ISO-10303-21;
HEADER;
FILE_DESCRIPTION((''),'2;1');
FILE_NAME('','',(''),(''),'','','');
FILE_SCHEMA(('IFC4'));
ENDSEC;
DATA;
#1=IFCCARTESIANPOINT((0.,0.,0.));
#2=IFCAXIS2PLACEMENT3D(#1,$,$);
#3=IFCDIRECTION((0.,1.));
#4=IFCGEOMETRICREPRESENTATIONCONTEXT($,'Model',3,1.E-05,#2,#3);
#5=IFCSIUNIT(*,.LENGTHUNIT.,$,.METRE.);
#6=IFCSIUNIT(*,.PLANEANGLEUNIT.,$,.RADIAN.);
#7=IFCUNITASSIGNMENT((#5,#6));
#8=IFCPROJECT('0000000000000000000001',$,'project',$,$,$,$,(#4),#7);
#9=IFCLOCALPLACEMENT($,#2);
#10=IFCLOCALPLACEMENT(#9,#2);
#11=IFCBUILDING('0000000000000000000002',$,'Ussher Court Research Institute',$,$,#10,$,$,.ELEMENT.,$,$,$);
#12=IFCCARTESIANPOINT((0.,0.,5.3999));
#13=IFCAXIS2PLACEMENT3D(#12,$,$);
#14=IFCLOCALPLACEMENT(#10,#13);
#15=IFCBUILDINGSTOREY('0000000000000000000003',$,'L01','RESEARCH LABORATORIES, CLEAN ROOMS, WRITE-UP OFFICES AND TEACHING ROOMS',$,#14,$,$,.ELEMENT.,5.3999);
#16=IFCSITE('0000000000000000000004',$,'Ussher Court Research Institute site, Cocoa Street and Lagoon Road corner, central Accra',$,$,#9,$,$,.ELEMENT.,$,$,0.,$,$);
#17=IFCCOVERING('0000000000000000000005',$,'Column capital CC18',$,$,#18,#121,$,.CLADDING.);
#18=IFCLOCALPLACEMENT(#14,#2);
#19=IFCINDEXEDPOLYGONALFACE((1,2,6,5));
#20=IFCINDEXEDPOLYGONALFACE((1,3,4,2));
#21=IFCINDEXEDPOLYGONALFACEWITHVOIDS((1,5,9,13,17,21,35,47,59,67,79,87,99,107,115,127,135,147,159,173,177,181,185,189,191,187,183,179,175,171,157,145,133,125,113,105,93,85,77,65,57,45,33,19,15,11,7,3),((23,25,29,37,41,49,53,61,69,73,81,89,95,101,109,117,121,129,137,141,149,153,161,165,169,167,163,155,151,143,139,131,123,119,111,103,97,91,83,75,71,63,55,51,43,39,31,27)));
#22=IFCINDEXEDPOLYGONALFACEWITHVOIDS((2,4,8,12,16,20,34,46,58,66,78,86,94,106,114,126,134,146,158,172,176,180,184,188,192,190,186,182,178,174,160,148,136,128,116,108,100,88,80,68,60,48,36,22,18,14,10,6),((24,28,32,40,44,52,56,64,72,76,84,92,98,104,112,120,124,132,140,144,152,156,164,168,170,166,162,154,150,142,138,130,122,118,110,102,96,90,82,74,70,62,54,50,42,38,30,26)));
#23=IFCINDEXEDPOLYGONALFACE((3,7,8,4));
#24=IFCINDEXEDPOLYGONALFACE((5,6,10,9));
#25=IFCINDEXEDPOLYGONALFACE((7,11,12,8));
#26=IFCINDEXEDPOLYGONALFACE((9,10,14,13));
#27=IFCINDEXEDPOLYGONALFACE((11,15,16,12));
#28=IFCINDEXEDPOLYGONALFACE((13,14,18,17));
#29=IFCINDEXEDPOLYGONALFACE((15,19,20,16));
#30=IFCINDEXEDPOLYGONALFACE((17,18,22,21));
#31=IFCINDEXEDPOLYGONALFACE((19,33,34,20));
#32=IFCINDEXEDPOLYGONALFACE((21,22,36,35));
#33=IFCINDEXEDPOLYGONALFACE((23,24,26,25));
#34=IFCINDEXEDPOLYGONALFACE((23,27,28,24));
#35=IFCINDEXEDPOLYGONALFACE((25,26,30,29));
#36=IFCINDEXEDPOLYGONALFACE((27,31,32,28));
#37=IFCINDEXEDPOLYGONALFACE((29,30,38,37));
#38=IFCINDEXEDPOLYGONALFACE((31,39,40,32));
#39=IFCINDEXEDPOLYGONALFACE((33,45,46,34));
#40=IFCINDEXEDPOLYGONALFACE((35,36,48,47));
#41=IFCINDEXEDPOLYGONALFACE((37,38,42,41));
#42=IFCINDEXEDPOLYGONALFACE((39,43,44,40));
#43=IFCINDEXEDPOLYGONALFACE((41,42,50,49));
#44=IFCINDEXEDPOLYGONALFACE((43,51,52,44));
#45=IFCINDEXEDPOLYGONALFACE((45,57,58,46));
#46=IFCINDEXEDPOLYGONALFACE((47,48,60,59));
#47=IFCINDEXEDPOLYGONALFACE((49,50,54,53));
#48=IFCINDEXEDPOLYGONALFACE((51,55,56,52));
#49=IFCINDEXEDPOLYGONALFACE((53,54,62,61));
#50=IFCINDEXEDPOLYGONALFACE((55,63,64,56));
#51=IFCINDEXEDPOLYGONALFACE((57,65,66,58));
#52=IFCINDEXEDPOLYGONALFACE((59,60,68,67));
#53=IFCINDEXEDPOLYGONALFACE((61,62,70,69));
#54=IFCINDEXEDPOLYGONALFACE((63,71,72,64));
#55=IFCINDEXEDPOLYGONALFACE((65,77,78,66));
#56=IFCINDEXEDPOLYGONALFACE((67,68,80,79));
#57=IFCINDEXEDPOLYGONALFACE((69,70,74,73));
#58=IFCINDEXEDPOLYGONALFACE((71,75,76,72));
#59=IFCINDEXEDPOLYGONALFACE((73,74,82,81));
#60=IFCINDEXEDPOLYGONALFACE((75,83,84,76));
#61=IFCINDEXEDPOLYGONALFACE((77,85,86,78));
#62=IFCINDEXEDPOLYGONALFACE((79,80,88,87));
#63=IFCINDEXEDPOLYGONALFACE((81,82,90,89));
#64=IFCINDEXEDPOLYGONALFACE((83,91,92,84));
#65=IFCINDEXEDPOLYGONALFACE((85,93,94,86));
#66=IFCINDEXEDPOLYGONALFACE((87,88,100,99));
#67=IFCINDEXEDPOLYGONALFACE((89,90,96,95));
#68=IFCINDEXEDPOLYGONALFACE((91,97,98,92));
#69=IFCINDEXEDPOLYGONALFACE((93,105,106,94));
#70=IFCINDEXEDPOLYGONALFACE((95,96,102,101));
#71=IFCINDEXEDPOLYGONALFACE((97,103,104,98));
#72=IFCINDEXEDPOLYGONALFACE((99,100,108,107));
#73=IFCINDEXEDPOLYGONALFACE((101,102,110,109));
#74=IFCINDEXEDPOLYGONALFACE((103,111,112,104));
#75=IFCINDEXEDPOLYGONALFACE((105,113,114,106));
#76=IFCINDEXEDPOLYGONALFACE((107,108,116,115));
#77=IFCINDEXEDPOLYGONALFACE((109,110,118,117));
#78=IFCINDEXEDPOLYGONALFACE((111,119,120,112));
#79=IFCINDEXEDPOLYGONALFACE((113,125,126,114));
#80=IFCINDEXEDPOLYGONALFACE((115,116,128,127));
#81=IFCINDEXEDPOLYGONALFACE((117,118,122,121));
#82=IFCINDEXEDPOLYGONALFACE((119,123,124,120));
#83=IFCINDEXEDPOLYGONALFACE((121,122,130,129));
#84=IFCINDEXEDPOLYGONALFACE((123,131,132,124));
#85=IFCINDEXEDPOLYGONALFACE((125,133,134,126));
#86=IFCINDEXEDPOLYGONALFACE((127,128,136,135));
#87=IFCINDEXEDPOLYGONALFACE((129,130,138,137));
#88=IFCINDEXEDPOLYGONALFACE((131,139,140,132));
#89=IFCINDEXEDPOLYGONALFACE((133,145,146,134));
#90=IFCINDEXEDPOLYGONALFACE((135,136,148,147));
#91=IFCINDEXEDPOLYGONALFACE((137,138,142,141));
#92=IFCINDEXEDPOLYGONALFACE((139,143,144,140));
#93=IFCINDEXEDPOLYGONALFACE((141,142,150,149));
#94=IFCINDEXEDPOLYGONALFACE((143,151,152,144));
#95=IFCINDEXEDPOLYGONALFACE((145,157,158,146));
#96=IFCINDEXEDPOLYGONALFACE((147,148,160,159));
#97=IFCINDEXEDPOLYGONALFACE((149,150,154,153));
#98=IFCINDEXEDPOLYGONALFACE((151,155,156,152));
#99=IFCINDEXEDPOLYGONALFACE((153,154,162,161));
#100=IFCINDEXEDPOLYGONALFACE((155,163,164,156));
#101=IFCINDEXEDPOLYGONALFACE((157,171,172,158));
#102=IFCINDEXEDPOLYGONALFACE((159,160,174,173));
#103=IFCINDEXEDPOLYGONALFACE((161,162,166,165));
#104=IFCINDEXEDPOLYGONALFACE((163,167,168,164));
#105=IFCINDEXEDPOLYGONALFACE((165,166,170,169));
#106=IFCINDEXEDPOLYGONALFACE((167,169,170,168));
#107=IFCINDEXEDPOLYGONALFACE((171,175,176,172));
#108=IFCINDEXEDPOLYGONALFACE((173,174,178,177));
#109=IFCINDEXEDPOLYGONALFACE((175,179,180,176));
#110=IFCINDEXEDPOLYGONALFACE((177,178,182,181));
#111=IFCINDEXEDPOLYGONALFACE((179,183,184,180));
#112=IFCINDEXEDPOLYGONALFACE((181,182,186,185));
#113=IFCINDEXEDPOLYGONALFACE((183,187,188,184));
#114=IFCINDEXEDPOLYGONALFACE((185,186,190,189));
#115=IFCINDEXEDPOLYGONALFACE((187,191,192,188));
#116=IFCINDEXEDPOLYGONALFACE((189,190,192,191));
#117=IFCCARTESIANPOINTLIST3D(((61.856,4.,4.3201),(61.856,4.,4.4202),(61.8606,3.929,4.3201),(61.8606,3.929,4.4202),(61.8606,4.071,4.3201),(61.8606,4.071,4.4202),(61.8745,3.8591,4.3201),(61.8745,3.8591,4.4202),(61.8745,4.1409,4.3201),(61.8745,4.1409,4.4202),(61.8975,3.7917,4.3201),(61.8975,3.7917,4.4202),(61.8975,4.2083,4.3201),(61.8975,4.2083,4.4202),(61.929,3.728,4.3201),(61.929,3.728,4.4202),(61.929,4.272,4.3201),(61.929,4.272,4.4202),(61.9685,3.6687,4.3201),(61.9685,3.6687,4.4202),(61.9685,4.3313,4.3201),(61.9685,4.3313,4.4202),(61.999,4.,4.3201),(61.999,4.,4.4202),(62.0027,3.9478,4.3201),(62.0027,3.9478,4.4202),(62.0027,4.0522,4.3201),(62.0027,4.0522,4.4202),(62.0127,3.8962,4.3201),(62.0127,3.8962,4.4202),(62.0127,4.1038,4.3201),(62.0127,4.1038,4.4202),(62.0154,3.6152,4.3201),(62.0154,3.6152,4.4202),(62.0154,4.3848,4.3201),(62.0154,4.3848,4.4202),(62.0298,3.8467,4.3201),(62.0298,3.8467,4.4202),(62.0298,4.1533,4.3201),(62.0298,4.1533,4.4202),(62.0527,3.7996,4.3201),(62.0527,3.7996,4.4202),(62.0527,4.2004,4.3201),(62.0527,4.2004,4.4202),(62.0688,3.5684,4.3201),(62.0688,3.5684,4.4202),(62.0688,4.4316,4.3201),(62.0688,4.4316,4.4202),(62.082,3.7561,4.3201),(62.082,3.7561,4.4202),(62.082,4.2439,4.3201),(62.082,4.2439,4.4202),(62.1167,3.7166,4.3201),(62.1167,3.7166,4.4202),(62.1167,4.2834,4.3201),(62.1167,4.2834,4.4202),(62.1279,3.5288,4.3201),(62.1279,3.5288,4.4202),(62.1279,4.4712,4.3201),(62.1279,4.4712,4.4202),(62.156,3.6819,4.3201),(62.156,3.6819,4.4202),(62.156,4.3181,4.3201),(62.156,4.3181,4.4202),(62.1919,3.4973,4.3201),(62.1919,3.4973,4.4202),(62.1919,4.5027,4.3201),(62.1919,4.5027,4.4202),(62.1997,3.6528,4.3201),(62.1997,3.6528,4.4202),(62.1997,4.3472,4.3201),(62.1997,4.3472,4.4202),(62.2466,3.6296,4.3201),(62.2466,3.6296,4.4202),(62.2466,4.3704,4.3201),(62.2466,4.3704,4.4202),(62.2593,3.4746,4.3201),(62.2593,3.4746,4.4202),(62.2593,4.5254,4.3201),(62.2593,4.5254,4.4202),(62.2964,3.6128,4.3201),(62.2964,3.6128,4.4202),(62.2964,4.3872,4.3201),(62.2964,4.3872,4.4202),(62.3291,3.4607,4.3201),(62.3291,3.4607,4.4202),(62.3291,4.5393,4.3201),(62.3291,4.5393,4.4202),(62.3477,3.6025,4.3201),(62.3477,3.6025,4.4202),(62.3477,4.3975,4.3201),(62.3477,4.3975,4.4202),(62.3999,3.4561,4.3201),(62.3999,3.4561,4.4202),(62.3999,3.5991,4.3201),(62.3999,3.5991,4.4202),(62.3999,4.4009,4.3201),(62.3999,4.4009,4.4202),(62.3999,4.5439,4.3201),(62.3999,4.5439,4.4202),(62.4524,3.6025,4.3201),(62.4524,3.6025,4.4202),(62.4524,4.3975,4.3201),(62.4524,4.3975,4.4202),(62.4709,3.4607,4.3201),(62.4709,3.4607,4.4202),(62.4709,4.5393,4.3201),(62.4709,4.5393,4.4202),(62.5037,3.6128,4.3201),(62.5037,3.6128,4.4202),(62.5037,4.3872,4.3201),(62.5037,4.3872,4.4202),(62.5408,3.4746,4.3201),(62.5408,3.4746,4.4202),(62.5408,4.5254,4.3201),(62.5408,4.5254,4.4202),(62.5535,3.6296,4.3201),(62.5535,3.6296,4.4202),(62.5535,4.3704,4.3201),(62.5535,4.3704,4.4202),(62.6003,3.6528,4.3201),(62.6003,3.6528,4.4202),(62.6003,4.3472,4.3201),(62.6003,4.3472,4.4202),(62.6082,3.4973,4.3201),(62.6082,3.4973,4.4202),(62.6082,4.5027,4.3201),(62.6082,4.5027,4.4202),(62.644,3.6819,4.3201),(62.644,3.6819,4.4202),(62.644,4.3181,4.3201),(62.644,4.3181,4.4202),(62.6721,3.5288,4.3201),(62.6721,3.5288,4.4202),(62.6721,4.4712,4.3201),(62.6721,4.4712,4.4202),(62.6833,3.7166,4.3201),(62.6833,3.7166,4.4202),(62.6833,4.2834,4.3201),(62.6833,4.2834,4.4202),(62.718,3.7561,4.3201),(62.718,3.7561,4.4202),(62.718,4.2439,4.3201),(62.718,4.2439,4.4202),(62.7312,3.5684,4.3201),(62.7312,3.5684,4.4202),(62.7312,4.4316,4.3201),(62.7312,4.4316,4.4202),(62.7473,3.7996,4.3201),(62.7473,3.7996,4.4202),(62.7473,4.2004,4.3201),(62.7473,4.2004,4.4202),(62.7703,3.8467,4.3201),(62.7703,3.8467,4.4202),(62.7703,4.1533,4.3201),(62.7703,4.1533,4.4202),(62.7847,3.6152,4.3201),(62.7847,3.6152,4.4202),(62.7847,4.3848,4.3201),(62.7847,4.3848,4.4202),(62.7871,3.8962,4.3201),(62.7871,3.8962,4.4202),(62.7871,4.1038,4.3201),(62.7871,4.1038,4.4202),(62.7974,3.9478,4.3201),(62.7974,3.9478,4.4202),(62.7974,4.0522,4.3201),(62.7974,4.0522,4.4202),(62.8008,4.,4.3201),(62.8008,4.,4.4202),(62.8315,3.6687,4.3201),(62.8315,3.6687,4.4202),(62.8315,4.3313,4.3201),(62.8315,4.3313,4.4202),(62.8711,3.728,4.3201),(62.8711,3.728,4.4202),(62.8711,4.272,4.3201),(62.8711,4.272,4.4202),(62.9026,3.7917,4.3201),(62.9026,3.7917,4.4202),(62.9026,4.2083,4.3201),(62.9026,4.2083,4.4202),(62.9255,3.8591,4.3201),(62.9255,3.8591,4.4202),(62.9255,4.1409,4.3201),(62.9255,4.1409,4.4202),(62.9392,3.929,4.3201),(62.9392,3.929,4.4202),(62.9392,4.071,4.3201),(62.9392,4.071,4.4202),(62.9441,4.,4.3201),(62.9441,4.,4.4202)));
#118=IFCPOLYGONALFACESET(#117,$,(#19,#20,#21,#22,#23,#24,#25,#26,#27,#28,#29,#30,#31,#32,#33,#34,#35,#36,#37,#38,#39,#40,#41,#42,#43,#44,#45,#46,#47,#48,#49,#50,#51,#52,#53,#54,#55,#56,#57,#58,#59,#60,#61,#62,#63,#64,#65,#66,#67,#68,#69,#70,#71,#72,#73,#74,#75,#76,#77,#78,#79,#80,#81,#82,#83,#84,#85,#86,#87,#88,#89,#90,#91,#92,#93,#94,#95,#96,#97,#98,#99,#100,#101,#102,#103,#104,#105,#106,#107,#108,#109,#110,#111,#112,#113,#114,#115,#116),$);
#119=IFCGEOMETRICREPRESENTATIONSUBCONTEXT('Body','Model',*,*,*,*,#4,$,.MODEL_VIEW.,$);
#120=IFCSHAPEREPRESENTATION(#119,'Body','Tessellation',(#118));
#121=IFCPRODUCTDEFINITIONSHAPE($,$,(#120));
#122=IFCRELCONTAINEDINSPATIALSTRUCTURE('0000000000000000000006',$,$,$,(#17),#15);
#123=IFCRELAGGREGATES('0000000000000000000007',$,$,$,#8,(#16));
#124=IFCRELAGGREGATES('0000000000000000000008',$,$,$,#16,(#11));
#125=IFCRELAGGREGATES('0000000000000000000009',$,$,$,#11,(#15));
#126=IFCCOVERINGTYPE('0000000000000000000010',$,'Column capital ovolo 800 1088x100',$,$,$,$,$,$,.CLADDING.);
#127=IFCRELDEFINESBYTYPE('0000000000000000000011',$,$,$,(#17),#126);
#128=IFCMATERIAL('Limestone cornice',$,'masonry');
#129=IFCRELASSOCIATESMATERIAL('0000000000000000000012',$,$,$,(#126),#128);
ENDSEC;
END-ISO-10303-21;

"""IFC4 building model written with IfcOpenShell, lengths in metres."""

from ifc_helpers import new_model, si_unit, direction, frame, origin, place, context, subcontext, project, spatial, polyline, outline, extrude, material, type_object, element, save


model = new_model("IFC4")

# Units and contexts
model_context = context("Model", 3, precision=1e-05, world=origin(), true_north=direction((0.0, 1.0)))
body_context = subcontext(model_context, "Body", "Model", "MODEL_VIEW")
ifc_project = project(units=[si_unit("LENGTHUNIT", "METRE"), si_unit("PLANEANGLEUNIT", "RADIAN")], contexts=[model_context])

# Site, building, storey
site_placement = place(None, origin())
site = spatial("IfcSite", under=ifc_project, at=site_placement, Name="Ussher Court Research Institute site, Cocoa Street and Lagoon Road corner, central Accra", CompositionType="ELEMENT", RefElevation=0.0)
building_placement = place(site_placement, origin())
building = spatial("IfcBuilding", under=site, at=building_placement, Name="Ussher Court Research Institute", CompositionType="ELEMENT")
storey_placement = place(building_placement, frame((0.0, 0.0, 5.3999)))
storey = spatial("IfcBuildingStorey", under=building, at=storey_placement, Name="L01", Description="RESEARCH LABORATORIES, CLEAN ROOMS, WRITE-UP OFFICES AND TEACHING ROOMS", CompositionType="ELEMENT", Elevation=5.3999)

# Covering
ifc_material_1 = material(Name="Limestone cornice", Category="masonry")
covering_type_1 = type_object("IfcCoveringType", Name="Column capital ovolo 800 1088x100", PredefinedType="CLADDING", material=ifc_material_1)
covering_1_placement = place(storey_placement, frame((0.0, 0.0, 4.3201)))
element("IfcCovering", 1, at=covering_1_placement, inside=storey, type_object=covering_type_1, Name="Column capital CC18", PredefinedType="CLADDING", context=body_context, shape_type="SweptSolid", body=[
    extrude(outline(polyline([(62.9441, 4.0), (62.9392, 4.071), (62.9255, 4.1409), (62.9026, 4.2083), (62.8711, 4.272), (62.8315, 4.3313), (62.7847, 4.3848), (62.7312, 4.4316), (62.6721, 4.4712), (62.6082, 4.5027), (62.5408, 4.5254), (62.4709, 4.5393), (62.3999, 4.5439), (62.3291, 4.5393), (62.2593, 4.5254), (62.1919, 4.5027), (62.1279, 4.4712), (62.0688, 4.4316), (62.0154, 4.3848), (61.9685, 4.3313), (61.929, 4.272), (61.8975, 4.2083), (61.8745, 4.1409), (61.8606, 4.071), (61.856, 4.0), (61.8606, 3.929), (61.8745, 3.8591), (61.8975, 3.7917), (61.929, 3.728), (61.9685, 3.6687), (62.0154, 3.6152), (62.0688, 3.5684), (62.1279, 3.5288), (62.1919, 3.4973), (62.2593, 3.4746), (62.3291, 3.4607), (62.3999, 3.4561), (62.4709, 3.4607), (62.5408, 3.4746), (62.6082, 3.4973), (62.6721, 3.5288), (62.7312, 3.5684), (62.7847, 3.6152), (62.8315, 3.6687), (62.8711, 3.728), (62.9026, 3.7917), (62.9255, 3.8591), (62.9392, 3.929), (62.9441, 4.0)]), holes=[polyline([(62.8008, 4.0), (62.7974, 4.0522), (62.7871, 4.1038), (62.7703, 4.1533), (62.7473, 4.2004), (62.718, 4.2439), (62.6833, 4.2834), (62.644, 4.3181), (62.6003, 4.3472), (62.5535, 4.3704), (62.5037, 4.3872), (62.4524, 4.3975), (62.3999, 4.4009), (62.3477, 4.3975), (62.2964, 4.3872), (62.2466, 4.3704), (62.1997, 4.3472), (62.156, 4.3181), (62.1167, 4.2834), (62.082, 4.2439), (62.0527, 4.2004), (62.0298, 4.1533), (62.0127, 4.1038), (62.0027, 4.0522), (61.999, 4.0), (62.0027, 3.9478), (62.0127, 3.8962), (62.0298, 3.8467), (62.0527, 3.7996), (62.082, 3.7561), (62.1167, 3.7166), (62.156, 3.6819), (62.1997, 3.6528), (62.2466, 3.6296), (62.2964, 3.6128), (62.3477, 3.6025), (62.3999, 3.5991), (62.4524, 3.6025), (62.5037, 3.6128), (62.5535, 3.6296), (62.6003, 3.6528), (62.644, 3.6819), (62.6833, 3.7166), (62.718, 3.7561), (62.7473, 3.7996), (62.7703, 3.8467), (62.7871, 3.8962), (62.7974, 3.9478), (62.8008, 4.0)])]), origin(), (0.0, 0.0, 1.0), 0.1001),
])

save(model, "model.ifc")
